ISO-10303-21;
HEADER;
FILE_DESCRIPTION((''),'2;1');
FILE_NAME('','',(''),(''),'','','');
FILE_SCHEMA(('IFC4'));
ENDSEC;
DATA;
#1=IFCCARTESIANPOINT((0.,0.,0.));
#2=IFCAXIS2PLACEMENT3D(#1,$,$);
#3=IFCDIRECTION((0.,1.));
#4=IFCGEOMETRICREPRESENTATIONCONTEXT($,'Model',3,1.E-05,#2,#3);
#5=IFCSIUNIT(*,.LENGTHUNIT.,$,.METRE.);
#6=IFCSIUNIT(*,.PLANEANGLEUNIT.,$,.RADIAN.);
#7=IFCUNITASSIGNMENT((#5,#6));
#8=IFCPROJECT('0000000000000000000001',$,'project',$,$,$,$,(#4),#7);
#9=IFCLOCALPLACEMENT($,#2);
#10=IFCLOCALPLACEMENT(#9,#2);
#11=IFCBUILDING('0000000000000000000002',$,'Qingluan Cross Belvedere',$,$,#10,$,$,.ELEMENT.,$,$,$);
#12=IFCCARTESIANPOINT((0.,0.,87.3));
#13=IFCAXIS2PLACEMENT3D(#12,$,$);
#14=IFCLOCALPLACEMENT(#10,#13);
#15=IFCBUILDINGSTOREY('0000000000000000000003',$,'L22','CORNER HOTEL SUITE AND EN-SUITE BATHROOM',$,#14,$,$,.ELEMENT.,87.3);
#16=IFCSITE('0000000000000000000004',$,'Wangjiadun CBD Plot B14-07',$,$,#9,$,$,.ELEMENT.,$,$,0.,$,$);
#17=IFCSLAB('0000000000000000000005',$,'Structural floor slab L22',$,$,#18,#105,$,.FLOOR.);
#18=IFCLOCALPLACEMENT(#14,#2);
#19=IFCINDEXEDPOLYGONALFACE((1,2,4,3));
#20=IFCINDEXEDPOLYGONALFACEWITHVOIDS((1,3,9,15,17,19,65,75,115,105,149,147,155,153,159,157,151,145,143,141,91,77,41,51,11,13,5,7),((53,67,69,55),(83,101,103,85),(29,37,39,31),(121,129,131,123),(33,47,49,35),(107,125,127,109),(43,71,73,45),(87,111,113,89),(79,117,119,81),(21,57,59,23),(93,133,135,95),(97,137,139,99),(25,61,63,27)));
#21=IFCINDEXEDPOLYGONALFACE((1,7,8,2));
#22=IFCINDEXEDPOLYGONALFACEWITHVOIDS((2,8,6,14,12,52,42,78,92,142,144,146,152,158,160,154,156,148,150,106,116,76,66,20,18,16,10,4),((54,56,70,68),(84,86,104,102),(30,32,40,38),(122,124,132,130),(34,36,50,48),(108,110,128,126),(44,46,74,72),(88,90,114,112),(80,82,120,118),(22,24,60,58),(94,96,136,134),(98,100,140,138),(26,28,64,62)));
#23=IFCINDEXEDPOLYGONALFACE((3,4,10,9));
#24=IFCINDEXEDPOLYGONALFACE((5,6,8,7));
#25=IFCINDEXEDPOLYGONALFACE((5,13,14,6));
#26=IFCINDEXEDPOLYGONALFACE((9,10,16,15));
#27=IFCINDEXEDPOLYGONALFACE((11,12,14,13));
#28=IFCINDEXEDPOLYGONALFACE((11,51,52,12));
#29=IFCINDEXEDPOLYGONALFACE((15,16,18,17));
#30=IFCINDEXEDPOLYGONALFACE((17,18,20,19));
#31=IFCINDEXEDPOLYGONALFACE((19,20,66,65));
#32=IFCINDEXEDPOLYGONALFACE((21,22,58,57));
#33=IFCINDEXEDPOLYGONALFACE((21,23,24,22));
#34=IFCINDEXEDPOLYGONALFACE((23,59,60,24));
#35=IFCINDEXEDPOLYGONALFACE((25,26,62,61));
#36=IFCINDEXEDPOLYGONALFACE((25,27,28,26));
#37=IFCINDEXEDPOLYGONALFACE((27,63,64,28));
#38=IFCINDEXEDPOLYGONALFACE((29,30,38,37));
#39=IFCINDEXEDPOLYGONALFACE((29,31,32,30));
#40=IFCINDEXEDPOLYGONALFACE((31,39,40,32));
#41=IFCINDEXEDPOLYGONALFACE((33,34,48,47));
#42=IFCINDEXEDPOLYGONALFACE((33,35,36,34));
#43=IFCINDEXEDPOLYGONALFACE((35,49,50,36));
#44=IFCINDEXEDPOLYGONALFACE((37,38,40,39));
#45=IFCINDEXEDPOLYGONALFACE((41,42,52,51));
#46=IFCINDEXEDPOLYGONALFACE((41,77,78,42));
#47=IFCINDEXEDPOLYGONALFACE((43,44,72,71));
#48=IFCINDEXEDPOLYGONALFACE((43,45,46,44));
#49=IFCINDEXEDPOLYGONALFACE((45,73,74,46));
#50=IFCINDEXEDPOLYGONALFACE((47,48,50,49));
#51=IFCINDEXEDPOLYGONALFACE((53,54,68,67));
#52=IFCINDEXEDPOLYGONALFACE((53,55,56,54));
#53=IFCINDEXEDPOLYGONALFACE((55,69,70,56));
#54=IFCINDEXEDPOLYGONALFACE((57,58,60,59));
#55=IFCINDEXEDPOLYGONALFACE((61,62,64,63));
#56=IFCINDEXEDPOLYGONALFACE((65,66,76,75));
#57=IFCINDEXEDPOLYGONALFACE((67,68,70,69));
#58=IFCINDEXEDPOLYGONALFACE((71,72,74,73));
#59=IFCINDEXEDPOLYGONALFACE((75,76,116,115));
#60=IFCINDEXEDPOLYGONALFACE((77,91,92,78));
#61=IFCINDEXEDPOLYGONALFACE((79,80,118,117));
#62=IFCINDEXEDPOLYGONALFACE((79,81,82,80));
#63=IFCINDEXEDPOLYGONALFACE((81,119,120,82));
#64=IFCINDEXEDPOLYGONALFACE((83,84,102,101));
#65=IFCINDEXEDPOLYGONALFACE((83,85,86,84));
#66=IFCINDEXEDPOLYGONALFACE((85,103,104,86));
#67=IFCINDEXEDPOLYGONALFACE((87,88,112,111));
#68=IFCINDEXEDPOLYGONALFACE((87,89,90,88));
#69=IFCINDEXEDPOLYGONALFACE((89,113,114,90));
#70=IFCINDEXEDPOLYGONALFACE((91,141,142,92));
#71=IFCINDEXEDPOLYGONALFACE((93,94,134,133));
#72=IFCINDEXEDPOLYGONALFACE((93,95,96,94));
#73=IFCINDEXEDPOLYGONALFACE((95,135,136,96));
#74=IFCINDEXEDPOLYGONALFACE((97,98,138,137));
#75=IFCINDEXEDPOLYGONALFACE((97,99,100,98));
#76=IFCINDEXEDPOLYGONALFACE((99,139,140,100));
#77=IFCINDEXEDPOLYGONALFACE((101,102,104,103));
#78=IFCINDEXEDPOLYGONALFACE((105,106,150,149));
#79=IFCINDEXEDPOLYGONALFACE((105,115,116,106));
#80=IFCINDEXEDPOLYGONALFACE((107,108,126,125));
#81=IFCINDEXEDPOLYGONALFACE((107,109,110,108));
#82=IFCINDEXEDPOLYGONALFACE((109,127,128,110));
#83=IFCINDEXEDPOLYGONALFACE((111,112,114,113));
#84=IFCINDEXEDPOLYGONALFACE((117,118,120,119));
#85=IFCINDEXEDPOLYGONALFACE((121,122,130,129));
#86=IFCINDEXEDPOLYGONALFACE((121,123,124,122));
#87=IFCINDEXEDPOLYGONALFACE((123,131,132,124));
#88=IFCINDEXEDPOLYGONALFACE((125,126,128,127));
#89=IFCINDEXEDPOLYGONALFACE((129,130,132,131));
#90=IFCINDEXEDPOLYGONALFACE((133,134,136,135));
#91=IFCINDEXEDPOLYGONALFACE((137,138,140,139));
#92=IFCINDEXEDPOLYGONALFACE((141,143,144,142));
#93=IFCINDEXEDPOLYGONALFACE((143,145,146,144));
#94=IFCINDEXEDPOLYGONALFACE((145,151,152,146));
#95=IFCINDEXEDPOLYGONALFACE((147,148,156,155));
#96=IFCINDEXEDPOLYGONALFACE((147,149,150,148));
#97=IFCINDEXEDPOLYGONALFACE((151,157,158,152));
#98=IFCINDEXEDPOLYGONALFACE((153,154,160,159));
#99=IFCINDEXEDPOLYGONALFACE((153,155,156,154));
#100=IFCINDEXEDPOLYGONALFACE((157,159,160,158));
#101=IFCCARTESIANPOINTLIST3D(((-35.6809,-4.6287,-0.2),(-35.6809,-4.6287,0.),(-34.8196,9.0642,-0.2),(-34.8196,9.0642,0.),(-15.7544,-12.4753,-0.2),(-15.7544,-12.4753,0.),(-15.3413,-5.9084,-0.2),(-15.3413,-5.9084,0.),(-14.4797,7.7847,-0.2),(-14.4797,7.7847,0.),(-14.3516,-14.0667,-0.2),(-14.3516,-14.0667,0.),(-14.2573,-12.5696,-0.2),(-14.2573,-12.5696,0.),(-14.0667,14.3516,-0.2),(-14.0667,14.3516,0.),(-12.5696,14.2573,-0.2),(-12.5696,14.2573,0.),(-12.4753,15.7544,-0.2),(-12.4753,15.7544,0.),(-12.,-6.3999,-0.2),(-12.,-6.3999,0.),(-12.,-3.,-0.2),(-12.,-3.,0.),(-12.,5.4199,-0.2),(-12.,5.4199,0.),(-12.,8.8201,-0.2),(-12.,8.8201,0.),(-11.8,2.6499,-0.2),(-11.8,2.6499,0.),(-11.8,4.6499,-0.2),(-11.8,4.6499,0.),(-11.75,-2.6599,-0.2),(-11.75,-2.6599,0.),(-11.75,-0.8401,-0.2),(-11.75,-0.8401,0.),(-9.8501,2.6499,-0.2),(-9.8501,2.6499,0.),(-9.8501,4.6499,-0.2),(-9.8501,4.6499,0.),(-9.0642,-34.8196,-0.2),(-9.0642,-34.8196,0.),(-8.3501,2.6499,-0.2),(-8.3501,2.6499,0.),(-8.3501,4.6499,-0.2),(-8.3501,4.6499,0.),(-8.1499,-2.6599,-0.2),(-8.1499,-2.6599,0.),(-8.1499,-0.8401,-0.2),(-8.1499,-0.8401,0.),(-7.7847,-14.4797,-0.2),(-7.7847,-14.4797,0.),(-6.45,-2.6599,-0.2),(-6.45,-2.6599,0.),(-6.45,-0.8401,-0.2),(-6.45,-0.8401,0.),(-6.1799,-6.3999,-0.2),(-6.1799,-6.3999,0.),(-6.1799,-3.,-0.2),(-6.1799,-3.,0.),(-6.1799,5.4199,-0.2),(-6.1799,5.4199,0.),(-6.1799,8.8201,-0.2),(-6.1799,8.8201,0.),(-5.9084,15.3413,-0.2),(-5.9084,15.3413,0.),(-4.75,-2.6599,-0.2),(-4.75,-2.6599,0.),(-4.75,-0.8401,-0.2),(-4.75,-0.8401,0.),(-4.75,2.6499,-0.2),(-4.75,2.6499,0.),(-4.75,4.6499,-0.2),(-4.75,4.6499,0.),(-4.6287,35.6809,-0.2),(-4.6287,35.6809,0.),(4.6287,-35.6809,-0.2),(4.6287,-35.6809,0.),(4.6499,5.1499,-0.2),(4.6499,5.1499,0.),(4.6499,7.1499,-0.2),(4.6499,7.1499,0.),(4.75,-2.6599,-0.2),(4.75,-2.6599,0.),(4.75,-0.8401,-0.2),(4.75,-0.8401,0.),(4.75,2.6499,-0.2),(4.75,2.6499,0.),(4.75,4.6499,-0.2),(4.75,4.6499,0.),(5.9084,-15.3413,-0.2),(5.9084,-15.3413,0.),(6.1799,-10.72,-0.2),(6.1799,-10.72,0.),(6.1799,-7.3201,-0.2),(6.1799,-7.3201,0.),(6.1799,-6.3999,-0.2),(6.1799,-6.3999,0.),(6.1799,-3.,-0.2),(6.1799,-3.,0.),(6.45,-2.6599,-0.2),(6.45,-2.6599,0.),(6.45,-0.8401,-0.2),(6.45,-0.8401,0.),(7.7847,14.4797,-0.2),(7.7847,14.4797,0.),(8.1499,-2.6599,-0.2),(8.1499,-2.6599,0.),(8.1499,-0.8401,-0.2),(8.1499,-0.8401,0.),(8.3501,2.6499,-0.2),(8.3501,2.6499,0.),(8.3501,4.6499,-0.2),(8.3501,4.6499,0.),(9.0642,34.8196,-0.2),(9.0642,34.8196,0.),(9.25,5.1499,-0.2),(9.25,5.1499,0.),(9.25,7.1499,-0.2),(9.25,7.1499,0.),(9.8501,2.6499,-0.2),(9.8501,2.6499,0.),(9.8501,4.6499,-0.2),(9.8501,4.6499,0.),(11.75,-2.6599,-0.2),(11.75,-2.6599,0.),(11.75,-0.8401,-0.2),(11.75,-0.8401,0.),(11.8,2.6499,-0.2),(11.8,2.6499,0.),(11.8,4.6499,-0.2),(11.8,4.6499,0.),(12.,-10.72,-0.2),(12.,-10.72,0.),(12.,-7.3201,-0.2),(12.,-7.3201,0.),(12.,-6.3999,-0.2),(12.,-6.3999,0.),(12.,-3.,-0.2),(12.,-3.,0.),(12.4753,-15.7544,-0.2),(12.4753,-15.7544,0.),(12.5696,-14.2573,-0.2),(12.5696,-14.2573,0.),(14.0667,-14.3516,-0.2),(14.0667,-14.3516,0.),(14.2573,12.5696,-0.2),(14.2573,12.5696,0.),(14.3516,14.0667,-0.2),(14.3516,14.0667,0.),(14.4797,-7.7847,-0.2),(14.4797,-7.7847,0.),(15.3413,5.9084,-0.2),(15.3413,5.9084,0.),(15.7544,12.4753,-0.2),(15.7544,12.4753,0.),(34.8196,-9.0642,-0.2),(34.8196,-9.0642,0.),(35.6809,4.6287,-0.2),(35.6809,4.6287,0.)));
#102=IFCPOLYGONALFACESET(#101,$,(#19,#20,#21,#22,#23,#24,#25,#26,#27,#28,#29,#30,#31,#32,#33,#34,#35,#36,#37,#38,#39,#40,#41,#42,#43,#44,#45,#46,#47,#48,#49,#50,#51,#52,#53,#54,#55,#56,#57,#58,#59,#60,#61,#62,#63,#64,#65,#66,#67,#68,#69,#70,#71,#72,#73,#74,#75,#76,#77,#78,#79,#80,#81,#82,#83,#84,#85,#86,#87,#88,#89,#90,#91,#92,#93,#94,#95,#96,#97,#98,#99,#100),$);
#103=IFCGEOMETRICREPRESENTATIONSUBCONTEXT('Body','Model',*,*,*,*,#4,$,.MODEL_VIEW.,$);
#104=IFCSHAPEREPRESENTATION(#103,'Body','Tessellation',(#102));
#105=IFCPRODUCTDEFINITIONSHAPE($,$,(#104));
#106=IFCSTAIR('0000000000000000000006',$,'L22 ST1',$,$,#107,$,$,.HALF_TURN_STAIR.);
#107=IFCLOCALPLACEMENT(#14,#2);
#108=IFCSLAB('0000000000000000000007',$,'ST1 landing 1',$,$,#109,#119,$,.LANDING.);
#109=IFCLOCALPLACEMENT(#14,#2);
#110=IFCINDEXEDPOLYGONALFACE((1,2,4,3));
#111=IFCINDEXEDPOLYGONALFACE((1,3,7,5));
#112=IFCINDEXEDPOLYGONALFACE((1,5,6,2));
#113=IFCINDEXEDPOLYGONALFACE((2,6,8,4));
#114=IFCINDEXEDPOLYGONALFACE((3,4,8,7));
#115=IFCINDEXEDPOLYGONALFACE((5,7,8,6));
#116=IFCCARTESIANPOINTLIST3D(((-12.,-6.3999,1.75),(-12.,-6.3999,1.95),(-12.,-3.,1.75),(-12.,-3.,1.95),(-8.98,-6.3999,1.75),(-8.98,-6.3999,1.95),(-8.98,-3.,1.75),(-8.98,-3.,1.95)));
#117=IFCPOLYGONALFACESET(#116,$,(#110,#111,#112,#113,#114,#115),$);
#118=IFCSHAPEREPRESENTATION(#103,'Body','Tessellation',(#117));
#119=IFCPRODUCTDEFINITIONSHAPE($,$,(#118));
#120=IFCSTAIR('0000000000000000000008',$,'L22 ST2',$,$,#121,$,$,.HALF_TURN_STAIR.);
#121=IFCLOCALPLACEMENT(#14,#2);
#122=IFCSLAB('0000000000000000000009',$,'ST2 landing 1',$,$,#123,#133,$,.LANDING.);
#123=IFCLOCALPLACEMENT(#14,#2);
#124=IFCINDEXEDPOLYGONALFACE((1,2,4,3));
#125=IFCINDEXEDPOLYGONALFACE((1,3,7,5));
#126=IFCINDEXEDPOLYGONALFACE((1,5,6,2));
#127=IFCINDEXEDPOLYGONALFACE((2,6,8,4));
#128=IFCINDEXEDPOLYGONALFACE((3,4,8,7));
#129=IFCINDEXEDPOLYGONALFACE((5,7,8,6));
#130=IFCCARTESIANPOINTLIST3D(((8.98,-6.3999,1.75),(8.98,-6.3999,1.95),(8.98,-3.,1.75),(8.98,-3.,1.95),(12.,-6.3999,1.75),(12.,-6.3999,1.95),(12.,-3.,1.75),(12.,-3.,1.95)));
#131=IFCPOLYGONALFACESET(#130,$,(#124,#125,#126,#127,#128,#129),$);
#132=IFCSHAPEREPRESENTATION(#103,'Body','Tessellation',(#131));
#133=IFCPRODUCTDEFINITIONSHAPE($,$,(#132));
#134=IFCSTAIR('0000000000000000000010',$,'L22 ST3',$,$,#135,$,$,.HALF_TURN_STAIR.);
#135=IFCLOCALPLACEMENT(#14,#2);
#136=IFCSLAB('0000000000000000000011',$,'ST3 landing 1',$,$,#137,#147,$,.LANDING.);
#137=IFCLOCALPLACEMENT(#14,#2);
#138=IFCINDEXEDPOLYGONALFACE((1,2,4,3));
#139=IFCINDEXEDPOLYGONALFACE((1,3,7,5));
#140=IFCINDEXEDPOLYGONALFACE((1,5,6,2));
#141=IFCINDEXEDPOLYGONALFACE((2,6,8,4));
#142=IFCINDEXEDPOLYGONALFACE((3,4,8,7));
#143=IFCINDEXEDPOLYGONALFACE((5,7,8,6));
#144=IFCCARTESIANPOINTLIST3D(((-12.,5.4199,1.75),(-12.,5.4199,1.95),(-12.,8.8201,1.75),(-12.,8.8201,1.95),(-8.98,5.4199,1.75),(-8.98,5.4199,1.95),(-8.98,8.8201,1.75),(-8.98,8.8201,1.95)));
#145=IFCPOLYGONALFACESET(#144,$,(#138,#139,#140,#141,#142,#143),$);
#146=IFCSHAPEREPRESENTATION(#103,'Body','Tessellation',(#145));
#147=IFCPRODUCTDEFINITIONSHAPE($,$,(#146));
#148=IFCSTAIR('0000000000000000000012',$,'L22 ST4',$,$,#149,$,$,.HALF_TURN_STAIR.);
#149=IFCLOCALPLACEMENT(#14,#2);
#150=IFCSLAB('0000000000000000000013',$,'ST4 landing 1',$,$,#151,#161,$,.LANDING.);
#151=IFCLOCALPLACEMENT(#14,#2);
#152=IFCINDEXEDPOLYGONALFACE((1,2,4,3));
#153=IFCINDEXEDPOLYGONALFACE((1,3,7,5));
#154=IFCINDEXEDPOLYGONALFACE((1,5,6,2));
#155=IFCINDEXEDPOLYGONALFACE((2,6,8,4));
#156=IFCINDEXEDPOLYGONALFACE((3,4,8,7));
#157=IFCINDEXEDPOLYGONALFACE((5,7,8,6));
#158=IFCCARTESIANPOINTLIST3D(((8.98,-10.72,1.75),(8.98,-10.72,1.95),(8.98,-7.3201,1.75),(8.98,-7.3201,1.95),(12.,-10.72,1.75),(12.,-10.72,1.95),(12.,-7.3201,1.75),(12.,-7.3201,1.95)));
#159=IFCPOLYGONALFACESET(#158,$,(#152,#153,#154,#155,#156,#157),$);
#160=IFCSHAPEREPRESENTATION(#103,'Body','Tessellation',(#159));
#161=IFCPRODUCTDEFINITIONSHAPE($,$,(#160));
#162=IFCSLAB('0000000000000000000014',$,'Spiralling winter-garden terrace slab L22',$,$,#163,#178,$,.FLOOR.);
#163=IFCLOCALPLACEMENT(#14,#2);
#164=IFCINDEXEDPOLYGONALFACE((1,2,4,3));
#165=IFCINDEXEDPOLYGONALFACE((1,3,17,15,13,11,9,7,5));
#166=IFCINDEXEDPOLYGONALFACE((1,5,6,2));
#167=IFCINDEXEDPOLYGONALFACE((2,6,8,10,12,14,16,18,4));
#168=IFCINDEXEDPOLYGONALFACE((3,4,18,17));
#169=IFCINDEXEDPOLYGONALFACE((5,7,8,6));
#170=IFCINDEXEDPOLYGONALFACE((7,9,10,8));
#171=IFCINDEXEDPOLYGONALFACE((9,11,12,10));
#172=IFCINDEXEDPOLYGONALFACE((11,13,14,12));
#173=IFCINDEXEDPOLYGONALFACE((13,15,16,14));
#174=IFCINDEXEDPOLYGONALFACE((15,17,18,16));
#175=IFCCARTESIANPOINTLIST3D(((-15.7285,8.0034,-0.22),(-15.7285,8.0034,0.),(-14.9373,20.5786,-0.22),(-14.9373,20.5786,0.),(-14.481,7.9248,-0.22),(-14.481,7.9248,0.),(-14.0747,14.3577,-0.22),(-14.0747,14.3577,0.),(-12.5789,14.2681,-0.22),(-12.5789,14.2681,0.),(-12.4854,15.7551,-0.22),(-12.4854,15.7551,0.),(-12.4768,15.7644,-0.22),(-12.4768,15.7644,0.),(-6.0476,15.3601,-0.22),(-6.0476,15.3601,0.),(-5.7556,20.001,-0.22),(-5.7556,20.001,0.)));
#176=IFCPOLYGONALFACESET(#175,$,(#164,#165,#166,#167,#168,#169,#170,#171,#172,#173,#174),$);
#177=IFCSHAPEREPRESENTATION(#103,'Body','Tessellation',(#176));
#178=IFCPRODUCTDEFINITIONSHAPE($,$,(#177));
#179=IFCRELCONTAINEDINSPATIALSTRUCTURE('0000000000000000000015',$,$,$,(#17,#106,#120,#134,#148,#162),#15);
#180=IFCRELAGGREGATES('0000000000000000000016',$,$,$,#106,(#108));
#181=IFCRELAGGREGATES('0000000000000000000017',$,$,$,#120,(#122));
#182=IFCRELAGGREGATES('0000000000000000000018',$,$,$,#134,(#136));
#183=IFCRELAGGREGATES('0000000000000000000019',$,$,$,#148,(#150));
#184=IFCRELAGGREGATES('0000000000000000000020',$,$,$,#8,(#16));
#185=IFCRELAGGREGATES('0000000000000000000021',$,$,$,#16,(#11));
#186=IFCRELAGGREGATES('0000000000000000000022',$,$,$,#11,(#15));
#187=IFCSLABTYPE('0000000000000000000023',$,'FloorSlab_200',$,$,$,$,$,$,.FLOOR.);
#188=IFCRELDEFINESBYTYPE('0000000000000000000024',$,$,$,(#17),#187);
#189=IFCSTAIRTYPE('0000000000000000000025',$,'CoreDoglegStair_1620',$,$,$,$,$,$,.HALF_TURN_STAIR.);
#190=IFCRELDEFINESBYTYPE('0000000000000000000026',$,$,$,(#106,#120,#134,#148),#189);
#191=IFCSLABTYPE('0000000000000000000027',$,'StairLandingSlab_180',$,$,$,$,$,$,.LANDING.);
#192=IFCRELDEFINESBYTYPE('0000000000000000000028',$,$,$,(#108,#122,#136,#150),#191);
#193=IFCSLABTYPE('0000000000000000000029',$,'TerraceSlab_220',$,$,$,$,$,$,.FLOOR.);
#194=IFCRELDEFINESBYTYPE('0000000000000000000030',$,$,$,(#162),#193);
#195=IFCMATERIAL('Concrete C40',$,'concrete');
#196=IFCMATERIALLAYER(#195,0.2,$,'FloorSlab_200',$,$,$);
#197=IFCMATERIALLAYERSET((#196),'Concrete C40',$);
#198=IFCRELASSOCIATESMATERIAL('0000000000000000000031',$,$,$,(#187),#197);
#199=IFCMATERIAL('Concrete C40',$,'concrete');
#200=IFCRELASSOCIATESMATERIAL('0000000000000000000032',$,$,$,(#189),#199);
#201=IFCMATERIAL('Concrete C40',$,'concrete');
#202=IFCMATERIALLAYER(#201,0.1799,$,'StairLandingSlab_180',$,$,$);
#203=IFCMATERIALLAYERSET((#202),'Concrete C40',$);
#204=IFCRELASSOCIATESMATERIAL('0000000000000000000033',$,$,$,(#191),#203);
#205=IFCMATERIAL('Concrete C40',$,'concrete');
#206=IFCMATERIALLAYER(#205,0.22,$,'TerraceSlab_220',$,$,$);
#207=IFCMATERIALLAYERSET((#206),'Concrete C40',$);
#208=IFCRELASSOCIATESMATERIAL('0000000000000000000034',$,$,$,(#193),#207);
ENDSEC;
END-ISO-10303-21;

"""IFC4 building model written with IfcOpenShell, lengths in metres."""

from ifc_helpers import new_model, si_unit, direction, frame, origin, place, context, subcontext, project, spatial, polyline, outline, extrude, material, layer, layer_set, type_object, element, aggregate, save


model = new_model("IFC4")

# Units and contexts
model_context = context("Model", 3, precision=1e-05, world=origin(), true_north=direction((0.0, 1.0)))
body_context = subcontext(model_context, "Body", "Model", "MODEL_VIEW")
ifc_project = project(units=[si_unit("LENGTHUNIT", "METRE"), si_unit("PLANEANGLEUNIT", "RADIAN")], contexts=[model_context])

# Site, building, storey
site_placement = place(None, origin())
site = spatial("IfcSite", under=ifc_project, at=site_placement, Name="Wangjiadun CBD Plot B14-07", CompositionType="ELEMENT", RefElevation=0.0)
building_placement = place(site_placement, origin())
building = spatial("IfcBuilding", under=site, at=building_placement, Name="Qingluan Cross Belvedere", CompositionType="ELEMENT")
storey_placement = place(building_placement, frame((0.0, 0.0, 87.3)))
storey = spatial("IfcBuildingStorey", under=building, at=storey_placement, Name="L22", Description="CORNER HOTEL SUITE AND EN-SUITE BATHROOM", CompositionType="ELEMENT", Elevation=87.3)

# Slab
ifc_material_1 = material(Name="Concrete C40", Category="concrete")
ifc_layer_1 = layer(ifc_material_1, 0.2, Name="FloorSlab_200")
ifc_layer_set_1 = layer_set([ifc_layer_1], Name="Concrete C40")
slab_type_1 = type_object("IfcSlabType", Name="FloorSlab_200", PredefinedType="FLOOR", material=ifc_layer_set_1)
slab_1_placement = place(storey_placement, frame((0.0, 0.0, -0.2)))
element("IfcSlab", 1, at=slab_1_placement, inside=storey, type_object=slab_type_1, Name="Structural floor slab L22", PredefinedType="FLOOR", context=body_context, shape_type="SweptSolid", body=[
    extrude(outline(polyline([(4.6287, -35.6809), (5.9084, -15.3413), (12.4753, -15.7544), (12.5696, -14.2573), (14.0667, -14.3516), (14.4797, -7.7847), (34.8196, -9.0642), (35.6809, 4.6287), (15.3413, 5.9084), (15.7544, 12.4753), (14.2573, 12.5696), (14.3516, 14.0667), (7.7847, 14.4797), (9.0642, 34.8196), (-4.6287, 35.6809), (-5.9084, 15.3413), (-12.4753, 15.7544), (-12.5696, 14.2573), (-14.0667, 14.3516), (-14.4797, 7.7847), (-34.8196, 9.0642), (-35.6809, -4.6287), (-15.3413, -5.9084), (-15.7544, -12.4753), (-14.2573, -12.5696), (-14.3516, -14.0667), (-7.7847, -14.4797), (-9.0642, -34.8196), (4.6287, -35.6809)]), holes=[polyline([(-12.0, -3.0), (-6.1799, -3.0), (-6.1799, -6.3999), (-12.0, -6.3999), (-12.0, -3.0)]), polyline([(6.1799, -3.0), (12.0, -3.0), (12.0, -6.3999), (6.1799, -6.3999), (6.1799, -3.0)]), polyline([(-12.0, 8.8201), (-6.1799, 8.8201), (-6.1799, 5.4199), (-12.0, 5.4199), (-12.0, 8.8201)]), polyline([(6.1799, -7.3201), (12.0, -7.3201), (12.0, -10.72), (6.1799, -10.72), (6.1799, -7.3201)]), polyline([(-11.8, 4.6499), (-9.8501, 4.6499), (-9.8501, 2.6499), (-11.8, 2.6499), (-11.8, 4.6499)]), polyline([(-8.3501, 4.6499), (-4.75, 4.6499), (-4.75, 2.6499), (-8.3501, 2.6499), (-8.3501, 4.6499)]), polyline([(4.75, 4.6499), (8.3501, 4.6499), (8.3501, 2.6499), (4.75, 2.6499), (4.75, 4.6499)]), polyline([(9.8501, 4.6499), (11.8, 4.6499), (11.8, 2.6499), (9.8501, 2.6499), (9.8501, 4.6499)]), polyline([(-11.75, -0.8401), (-8.1499, -0.8401), (-8.1499, -2.6599), (-11.75, -2.6599), (-11.75, -0.8401)]), polyline([(-6.45, -0.8401), (-4.75, -0.8401), (-4.75, -2.6599), (-6.45, -2.6599), (-6.45, -0.8401)]), polyline([(4.75, -0.8401), (6.45, -0.8401), (6.45, -2.6599), (4.75, -2.6599), (4.75, -0.8401)]), polyline([(8.1499, -0.8401), (11.75, -0.8401), (11.75, -2.6599), (8.1499, -2.6599), (8.1499, -0.8401)]), polyline([(4.6499, 7.1499), (9.25, 7.1499), (9.25, 5.1499), (4.6499, 5.1499), (4.6499, 7.1499)])]), origin(), (0.0, 0.0, 1.0), 0.2),
])

# Stairs, slabs
ifc_material_2 = material(Name="Concrete C40", Category="concrete")
stair_type = type_object("IfcStairType", Name="CoreDoglegStair_1620", PredefinedType="HALF_TURN_STAIR", material=ifc_material_2)
stair_1_placement = place(storey_placement, origin())
stair_1 = element("IfcStair", 2, at=stair_1_placement, inside=storey, type_object=stair_type, Name="L22 ST1", PredefinedType="HALF_TURN_STAIR")
ifc_material_3 = material(Name="Concrete C40", Category="concrete")
ifc_layer_2 = layer(ifc_material_3, 0.1799, Name="StairLandingSlab_180")
ifc_layer_set_2 = layer_set([ifc_layer_2], Name="Concrete C40")
slab_type_2 = type_object("IfcSlabType", Name="StairLandingSlab_180", PredefinedType="LANDING", material=ifc_layer_set_2)
slab_2_placement = place(storey_placement, frame((0.0, 0.0, 1.75)))
slab_2 = element("IfcSlab", 3, at=slab_2_placement, type_object=slab_type_2, Name="ST1 landing 1", PredefinedType="LANDING", context=body_context, shape_type="SweptSolid", body=[
    extrude(outline(polyline([(-8.98, -3.0), (-12.0, -3.0), (-12.0, -6.3999), (-8.98, -6.3999), (-8.98, -3.0)])), origin(), (0.0, 0.0, 1.0), 0.2),
])
aggregate(stair_1, [slab_2])
stair_2_placement = place(storey_placement, origin())
stair_2 = element("IfcStair", 4, at=stair_2_placement, inside=storey, type_object=stair_type, Name="L22 ST2", PredefinedType="HALF_TURN_STAIR")
slab_3_placement = place(storey_placement, frame((0.0, 0.0, 1.75)))
slab_3 = element("IfcSlab", 5, at=slab_3_placement, type_object=slab_type_2, Name="ST2 landing 1", PredefinedType="LANDING", context=body_context, shape_type="SweptSolid", body=[
    extrude(outline(polyline([(8.98, -6.3999), (12.0, -6.3999), (12.0, -3.0), (8.98, -3.0), (8.98, -6.3999)])), origin(), (0.0, 0.0, 1.0), 0.2),
])
aggregate(stair_2, [slab_3])
stair_3_placement = place(storey_placement, origin())
stair_3 = element("IfcStair", 6, at=stair_3_placement, inside=storey, type_object=stair_type, Name="L22 ST3", PredefinedType="HALF_TURN_STAIR")
slab_4_placement = place(storey_placement, frame((0.0, 0.0, 1.75)))
slab_4 = element("IfcSlab", 7, at=slab_4_placement, type_object=slab_type_2, Name="ST3 landing 1", PredefinedType="LANDING", context=body_context, shape_type="SweptSolid", body=[
    extrude(outline(polyline([(-8.98, 8.8201), (-12.0, 8.8201), (-12.0, 5.4199), (-8.98, 5.4199), (-8.98, 8.8201)])), origin(), (0.0, 0.0, 1.0), 0.2),
])
aggregate(stair_3, [slab_4])
stair_4_placement = place(storey_placement, origin())
stair_4 = element("IfcStair", 8, at=stair_4_placement, inside=storey, type_object=stair_type, Name="L22 ST4", PredefinedType="HALF_TURN_STAIR")
slab_5_placement = place(storey_placement, frame((0.0, 0.0, 1.75)))
slab_5 = element("IfcSlab", 9, at=slab_5_placement, type_object=slab_type_2, Name="ST4 landing 1", PredefinedType="LANDING", context=body_context, shape_type="SweptSolid", body=[
    extrude(outline(polyline([(8.98, -10.72), (12.0, -10.72), (12.0, -7.3201), (8.98, -7.3201), (8.98, -10.72)])), origin(), (0.0, 0.0, 1.0), 0.2),
])
aggregate(stair_4, [slab_5])

# Slab
ifc_material_4 = material(Name="Concrete C40", Category="concrete")
ifc_layer_3 = layer(ifc_material_4, 0.22, Name="TerraceSlab_220")
ifc_layer_set_3 = layer_set([ifc_layer_3], Name="Concrete C40")
slab_type_3 = type_object("IfcSlabType", Name="TerraceSlab_220", PredefinedType="FLOOR", material=ifc_layer_set_3)
slab_6_placement = place(storey_placement, frame((0.0, 0.0, -0.22)))
element("IfcSlab", 10, at=slab_6_placement, inside=storey, type_object=slab_type_3, Name="Spiralling winter-garden terrace slab L22", PredefinedType="FLOOR", context=body_context, shape_type="SweptSolid", body=[
    extrude(outline(polyline([(-14.481, 7.9248), (-14.0747, 14.3577), (-12.5789, 14.2681), (-12.4854, 15.7551), (-12.4768, 15.7644), (-6.0476, 15.3601), (-5.7556, 20.001), (-14.9373, 20.5786), (-15.7285, 8.0034), (-14.481, 7.9248)])), origin(), (0.0, 0.0, 1.0), 0.22),
])

save(model, "model.ifc")
